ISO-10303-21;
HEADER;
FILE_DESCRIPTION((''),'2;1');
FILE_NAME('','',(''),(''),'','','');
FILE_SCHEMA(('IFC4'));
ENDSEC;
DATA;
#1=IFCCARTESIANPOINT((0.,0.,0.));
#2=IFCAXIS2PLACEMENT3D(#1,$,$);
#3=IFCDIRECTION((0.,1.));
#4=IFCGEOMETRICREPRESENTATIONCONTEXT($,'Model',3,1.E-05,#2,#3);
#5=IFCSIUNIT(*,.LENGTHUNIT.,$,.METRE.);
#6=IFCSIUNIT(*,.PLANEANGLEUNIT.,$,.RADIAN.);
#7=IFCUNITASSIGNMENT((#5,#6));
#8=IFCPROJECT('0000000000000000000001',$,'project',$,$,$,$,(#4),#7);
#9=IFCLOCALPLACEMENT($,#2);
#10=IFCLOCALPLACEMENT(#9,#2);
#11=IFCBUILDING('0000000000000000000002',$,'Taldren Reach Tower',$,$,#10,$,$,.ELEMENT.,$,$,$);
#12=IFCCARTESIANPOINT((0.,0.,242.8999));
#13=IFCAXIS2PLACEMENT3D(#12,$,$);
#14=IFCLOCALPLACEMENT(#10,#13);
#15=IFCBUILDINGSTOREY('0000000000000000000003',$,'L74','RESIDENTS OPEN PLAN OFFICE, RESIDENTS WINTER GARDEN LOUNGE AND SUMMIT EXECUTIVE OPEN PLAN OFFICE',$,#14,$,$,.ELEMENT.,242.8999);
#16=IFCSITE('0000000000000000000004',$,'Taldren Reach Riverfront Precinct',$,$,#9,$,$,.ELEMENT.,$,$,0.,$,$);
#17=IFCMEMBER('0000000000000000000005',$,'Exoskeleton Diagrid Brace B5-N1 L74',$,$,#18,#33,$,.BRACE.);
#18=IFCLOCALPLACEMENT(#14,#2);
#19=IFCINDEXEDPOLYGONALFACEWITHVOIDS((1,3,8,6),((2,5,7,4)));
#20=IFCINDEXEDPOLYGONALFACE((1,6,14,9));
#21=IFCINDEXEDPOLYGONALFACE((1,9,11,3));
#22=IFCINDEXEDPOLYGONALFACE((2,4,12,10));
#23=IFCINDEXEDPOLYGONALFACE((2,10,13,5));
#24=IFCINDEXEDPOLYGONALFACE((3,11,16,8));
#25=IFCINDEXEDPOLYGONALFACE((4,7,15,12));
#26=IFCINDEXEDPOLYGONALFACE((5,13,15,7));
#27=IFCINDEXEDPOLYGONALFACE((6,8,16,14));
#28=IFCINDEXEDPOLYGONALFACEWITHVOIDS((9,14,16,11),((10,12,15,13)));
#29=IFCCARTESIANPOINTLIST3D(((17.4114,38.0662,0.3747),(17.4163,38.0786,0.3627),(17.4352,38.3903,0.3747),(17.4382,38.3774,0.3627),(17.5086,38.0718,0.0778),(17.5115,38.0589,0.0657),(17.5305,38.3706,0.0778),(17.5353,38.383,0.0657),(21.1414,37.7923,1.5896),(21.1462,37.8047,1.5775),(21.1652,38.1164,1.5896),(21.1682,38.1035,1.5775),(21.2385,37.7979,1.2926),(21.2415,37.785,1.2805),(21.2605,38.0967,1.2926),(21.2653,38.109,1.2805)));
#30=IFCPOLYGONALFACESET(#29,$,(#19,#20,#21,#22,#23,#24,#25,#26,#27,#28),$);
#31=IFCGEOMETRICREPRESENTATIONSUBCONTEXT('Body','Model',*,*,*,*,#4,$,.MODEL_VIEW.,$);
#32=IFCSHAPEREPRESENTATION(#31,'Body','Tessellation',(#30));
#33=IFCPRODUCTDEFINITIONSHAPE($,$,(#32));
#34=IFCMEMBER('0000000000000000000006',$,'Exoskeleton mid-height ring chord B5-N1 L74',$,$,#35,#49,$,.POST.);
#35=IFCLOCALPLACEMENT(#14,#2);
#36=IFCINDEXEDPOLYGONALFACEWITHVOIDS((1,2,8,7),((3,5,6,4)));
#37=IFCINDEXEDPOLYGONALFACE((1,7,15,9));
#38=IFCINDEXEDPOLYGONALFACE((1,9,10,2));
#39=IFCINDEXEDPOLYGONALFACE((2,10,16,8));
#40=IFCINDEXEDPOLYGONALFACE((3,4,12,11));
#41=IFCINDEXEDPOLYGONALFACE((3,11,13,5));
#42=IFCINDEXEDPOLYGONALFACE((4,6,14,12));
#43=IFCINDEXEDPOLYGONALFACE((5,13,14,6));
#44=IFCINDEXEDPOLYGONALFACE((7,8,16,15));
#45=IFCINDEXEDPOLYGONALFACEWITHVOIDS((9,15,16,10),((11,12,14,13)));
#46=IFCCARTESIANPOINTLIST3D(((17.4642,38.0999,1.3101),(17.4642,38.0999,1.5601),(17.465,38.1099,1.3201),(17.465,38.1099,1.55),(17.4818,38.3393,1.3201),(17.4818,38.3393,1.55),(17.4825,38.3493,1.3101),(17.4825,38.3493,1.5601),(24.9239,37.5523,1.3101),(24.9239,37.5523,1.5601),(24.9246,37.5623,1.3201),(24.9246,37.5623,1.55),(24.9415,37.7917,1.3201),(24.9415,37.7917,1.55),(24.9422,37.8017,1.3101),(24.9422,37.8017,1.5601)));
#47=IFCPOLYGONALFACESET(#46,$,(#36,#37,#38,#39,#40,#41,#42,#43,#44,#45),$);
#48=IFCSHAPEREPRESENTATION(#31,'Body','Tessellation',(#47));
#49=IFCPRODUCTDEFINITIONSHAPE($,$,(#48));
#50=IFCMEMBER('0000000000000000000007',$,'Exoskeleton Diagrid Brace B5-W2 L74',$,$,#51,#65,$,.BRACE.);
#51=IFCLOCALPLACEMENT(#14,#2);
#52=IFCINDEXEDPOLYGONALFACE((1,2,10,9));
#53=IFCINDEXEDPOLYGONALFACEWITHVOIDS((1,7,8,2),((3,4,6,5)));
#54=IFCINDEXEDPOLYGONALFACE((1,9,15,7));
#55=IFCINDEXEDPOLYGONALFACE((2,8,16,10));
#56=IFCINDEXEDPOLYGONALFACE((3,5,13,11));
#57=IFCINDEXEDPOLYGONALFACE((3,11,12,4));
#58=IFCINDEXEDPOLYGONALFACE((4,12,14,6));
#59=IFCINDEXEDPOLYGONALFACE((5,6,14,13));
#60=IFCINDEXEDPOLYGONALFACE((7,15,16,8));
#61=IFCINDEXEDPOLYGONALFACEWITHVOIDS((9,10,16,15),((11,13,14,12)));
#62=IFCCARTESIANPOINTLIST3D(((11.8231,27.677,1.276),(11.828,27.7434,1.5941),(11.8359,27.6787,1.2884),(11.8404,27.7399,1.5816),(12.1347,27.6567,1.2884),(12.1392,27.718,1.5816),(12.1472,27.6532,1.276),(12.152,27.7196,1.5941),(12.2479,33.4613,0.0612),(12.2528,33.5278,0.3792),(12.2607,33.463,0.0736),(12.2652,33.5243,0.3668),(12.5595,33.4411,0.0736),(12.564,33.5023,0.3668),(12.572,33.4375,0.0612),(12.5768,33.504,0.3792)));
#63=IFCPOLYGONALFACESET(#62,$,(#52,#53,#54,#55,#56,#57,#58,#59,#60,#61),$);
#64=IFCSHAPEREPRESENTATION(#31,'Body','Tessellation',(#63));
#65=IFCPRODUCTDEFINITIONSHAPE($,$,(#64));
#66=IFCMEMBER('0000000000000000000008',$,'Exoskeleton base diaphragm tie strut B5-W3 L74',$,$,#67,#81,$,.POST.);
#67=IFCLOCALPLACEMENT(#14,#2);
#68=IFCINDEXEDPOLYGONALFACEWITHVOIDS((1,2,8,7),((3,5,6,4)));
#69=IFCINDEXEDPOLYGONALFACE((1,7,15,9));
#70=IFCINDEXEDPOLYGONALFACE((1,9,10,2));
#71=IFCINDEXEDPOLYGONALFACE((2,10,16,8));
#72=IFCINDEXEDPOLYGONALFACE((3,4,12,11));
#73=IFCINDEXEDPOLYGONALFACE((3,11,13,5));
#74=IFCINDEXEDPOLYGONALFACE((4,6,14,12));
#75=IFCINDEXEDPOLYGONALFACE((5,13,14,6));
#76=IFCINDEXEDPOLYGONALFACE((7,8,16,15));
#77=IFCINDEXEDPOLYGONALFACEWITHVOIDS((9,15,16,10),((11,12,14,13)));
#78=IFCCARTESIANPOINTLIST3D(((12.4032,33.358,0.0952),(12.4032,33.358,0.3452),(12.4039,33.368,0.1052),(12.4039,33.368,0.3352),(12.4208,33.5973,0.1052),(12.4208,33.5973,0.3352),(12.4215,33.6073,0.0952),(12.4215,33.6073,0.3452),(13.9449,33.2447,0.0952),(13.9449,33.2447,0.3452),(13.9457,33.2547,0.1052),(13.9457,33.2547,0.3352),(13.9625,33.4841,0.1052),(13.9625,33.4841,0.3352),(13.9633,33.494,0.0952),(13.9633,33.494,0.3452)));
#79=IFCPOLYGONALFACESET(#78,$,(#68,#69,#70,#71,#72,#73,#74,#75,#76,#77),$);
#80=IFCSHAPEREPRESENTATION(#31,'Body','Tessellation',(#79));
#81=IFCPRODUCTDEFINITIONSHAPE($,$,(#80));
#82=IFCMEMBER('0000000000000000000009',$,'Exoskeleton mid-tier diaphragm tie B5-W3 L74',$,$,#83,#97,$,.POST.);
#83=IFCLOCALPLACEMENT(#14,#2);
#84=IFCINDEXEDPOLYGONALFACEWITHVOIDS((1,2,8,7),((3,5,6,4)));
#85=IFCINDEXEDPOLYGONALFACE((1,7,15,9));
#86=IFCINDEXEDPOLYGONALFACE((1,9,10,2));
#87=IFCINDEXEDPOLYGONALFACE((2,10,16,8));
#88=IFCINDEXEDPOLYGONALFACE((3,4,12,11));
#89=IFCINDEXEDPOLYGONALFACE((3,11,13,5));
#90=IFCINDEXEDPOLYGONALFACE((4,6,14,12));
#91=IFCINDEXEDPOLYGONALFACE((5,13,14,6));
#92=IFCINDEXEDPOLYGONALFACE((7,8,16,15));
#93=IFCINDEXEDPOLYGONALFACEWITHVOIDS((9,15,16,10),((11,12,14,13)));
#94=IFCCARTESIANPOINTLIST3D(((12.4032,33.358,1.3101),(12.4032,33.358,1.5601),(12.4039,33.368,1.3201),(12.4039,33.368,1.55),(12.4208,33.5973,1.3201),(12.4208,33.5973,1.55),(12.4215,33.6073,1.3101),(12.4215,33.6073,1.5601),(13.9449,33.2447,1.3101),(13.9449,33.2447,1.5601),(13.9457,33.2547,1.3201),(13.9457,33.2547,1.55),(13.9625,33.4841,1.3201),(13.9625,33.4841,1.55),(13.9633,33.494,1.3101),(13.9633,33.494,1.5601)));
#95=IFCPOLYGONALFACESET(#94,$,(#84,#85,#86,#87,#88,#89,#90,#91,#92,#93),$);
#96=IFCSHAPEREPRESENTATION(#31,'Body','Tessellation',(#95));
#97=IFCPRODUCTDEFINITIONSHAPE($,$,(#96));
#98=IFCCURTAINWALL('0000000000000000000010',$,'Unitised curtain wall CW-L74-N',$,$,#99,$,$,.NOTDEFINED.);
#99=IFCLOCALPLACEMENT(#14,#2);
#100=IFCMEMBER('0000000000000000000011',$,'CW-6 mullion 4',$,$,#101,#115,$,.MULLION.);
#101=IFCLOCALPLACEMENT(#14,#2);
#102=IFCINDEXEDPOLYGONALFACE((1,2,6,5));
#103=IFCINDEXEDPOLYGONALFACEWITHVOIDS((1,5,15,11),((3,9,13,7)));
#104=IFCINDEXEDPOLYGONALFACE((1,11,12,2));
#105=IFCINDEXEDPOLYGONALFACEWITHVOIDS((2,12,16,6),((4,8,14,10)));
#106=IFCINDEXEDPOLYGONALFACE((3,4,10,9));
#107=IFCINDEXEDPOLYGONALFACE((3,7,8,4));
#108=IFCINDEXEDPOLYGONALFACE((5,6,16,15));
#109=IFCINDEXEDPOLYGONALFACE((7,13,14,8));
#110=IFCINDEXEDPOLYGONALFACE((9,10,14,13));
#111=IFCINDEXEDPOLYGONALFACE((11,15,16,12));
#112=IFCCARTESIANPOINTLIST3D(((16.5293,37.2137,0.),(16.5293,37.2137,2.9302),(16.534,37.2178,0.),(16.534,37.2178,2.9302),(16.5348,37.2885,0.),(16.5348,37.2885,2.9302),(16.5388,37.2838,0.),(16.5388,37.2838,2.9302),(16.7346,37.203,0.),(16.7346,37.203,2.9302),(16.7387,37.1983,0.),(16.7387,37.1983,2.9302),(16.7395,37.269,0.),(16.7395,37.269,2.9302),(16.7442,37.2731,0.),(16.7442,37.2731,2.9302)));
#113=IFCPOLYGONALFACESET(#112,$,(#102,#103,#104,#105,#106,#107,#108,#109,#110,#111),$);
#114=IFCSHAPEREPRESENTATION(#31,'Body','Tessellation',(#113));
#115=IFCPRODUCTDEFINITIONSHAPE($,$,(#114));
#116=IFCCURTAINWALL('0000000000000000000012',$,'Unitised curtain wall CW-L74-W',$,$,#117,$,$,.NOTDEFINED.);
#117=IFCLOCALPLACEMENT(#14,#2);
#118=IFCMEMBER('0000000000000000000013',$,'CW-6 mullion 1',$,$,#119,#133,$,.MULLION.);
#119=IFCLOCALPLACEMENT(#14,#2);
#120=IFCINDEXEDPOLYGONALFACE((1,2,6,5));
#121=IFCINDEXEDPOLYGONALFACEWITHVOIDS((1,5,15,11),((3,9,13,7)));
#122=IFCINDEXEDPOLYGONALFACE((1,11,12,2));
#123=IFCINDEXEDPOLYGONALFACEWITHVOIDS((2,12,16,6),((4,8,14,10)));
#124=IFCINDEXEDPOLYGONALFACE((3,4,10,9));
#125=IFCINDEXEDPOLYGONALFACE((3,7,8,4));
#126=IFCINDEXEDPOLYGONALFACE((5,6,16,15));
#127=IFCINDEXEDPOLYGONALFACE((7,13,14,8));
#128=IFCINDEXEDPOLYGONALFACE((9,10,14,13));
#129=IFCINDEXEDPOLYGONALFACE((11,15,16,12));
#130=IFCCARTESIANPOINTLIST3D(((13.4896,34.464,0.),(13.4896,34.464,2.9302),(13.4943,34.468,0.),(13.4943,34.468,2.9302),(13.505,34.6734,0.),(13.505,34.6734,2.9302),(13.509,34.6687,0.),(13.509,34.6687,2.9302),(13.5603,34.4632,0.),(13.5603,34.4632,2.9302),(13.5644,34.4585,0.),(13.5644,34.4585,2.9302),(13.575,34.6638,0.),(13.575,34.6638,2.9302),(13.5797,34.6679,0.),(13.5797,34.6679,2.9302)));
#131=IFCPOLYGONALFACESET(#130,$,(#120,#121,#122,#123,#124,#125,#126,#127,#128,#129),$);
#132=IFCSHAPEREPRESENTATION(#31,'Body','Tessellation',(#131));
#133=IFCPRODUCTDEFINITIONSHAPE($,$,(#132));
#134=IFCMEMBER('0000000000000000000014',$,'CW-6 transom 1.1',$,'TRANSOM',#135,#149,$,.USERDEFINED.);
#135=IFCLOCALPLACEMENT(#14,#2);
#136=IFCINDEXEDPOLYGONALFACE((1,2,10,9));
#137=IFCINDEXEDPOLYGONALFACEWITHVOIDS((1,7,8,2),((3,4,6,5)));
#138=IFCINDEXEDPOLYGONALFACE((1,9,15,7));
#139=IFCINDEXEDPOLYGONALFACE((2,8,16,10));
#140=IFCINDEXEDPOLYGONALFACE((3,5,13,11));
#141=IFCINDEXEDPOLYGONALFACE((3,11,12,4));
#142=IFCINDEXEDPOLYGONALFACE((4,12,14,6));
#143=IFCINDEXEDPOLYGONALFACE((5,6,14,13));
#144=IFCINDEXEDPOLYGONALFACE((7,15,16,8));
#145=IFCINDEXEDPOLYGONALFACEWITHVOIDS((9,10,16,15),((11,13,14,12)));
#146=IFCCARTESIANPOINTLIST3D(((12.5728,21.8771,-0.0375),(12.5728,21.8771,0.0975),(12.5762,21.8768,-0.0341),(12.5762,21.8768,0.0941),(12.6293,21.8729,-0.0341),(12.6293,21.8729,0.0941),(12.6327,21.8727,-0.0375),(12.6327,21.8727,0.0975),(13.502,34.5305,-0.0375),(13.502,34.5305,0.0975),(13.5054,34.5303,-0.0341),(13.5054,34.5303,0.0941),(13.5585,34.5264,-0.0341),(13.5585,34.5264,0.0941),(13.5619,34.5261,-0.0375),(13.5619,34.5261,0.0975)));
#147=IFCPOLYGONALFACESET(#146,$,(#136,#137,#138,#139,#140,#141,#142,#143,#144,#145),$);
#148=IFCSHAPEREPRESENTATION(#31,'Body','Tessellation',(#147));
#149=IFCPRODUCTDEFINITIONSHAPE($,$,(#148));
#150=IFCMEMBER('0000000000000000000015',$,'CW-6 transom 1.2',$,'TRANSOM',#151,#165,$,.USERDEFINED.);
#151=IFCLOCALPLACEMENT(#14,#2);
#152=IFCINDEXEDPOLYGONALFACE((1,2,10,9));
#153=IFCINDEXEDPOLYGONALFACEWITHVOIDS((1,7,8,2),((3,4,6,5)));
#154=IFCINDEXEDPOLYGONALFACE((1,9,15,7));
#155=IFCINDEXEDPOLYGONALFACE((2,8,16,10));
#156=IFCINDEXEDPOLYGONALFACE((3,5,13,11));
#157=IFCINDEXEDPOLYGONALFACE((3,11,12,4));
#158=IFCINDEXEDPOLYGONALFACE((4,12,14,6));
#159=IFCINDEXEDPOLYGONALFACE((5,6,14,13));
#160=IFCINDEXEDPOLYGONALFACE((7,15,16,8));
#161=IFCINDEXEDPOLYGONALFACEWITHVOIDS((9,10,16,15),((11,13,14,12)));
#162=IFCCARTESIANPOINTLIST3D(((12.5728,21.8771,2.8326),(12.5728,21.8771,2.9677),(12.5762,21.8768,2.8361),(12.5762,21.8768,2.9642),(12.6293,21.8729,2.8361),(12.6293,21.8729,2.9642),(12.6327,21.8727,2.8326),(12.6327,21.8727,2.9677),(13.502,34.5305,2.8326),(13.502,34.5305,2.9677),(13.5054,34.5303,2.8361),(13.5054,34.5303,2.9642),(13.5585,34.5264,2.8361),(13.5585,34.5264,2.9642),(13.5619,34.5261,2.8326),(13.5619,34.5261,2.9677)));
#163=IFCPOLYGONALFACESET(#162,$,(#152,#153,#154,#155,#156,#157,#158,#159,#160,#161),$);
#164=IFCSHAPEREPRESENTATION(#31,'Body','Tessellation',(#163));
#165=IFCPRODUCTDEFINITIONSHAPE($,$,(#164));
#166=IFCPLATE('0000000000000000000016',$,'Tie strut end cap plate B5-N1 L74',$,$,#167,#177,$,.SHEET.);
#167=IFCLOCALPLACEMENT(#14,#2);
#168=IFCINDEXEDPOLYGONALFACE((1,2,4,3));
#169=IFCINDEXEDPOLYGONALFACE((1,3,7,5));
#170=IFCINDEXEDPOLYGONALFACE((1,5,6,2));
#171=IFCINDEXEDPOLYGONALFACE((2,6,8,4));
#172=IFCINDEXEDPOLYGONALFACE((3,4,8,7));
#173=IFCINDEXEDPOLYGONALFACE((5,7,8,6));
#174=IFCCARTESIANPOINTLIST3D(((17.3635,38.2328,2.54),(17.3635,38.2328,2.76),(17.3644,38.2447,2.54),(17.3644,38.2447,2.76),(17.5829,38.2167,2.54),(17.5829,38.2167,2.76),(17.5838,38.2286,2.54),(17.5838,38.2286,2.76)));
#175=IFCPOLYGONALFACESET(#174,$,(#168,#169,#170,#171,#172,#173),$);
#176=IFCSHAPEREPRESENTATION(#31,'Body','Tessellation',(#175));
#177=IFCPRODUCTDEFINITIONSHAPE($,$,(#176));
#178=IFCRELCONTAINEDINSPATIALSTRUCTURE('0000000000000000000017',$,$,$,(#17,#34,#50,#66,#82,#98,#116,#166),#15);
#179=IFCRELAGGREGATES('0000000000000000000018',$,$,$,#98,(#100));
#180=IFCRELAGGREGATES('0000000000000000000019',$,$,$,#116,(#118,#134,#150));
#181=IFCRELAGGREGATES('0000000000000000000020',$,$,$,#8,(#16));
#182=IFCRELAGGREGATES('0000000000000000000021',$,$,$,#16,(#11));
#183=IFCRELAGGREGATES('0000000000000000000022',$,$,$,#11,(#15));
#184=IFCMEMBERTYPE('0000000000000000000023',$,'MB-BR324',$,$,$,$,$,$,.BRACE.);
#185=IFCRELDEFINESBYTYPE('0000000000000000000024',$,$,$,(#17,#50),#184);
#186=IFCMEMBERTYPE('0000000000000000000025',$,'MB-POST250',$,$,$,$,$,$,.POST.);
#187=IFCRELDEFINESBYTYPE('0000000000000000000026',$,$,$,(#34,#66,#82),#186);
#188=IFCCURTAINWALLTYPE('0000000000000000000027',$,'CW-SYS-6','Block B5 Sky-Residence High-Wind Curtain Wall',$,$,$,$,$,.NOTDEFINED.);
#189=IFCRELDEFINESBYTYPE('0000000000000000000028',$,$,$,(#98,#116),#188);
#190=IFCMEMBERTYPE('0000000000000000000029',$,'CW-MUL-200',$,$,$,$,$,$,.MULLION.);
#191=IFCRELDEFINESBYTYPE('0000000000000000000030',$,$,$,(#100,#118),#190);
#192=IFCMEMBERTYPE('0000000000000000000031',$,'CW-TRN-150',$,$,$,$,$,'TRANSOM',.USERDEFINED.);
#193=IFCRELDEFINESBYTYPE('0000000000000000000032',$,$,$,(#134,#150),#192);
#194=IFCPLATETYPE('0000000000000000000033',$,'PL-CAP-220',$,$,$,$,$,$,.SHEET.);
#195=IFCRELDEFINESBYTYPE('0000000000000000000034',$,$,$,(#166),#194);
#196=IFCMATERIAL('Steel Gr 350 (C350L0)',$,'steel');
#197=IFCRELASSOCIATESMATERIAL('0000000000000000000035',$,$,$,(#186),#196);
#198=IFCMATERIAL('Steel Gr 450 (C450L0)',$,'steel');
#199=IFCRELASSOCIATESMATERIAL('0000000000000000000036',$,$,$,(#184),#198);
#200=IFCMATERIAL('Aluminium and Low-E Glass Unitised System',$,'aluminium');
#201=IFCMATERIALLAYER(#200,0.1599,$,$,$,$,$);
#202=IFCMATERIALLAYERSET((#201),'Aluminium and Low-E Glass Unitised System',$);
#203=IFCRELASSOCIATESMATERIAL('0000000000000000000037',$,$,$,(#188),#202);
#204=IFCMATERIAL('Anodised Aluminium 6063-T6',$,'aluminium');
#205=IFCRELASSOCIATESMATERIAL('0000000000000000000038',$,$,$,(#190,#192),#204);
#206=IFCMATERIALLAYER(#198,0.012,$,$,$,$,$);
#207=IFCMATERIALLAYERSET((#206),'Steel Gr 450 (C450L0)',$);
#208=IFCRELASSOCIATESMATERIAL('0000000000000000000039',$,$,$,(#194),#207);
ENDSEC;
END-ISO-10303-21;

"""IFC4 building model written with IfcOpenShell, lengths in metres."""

from ifc_helpers import new_model, si_unit, direction, frame, origin, origin_2d, place, context, subcontext, project, spatial, rectangle, hollow_rectangle, extrude, source, transform, mapped, material, layer, layer_set, material_profile, profile_set, type_object, element, aggregate, save


model = new_model("IFC4")

# Units and contexts
model_context = context("Model", 3, precision=1e-05, world=origin(), true_north=direction((0.0, 1.0)))
body_context = subcontext(model_context, "Body", "Model", "MODEL_VIEW")
ifc_project = project(units=[si_unit("LENGTHUNIT", "METRE"), si_unit("PLANEANGLEUNIT", "RADIAN")], contexts=[model_context])

# Site, building, storey
site_placement = place(None, origin())
site = spatial("IfcSite", under=ifc_project, at=site_placement, Name="Taldren Reach Riverfront Precinct", CompositionType="ELEMENT", RefElevation=0.0)
building_placement = place(site_placement, origin())
building = spatial("IfcBuilding", under=site, at=building_placement, Name="Taldren Reach Tower", CompositionType="ELEMENT")
storey_placement = place(building_placement, frame((0.0, 0.0, 242.8999)))
storey = spatial("IfcBuildingStorey", under=building, at=storey_placement, Name="L74", Description="RESIDENTS OPEN PLAN OFFICE, RESIDENTS WINTER GARDEN LOUNGE AND SUMMIT EXECUTIVE OPEN PLAN OFFICE", CompositionType="ELEMENT", Elevation=242.8999)

# Shared definitions
ifc_material_1 = material(Name="Steel Gr 350 (C350L0)", Category="steel")

# Shared definitions
ifc_material_profile_1 = material_profile(ifc_material_1, hollow_rectangle(XDim=0.25, YDim=0.25, WallThickness=0.01, at=origin_2d()), Name="250x250x10.0SHS")
ifc_profile_set_1 = profile_set([ifc_material_profile_1], Name="Steel Gr 350 (C350L0)")
member_type_1 = type_object("IfcMemberType", Name="MB-POST250", PredefinedType="POST", material=ifc_profile_set_1)
ifc_material_2 = material(Name="Steel Gr 450 (C450L0)", Category="steel")

# Members
ifc_material_profile_2 = material_profile(ifc_material_2, hollow_rectangle(XDim=0.325, YDim=0.325, WallThickness=0.0127, at=origin_2d()), Name="325x325x12.7SHS")
ifc_profile_set_2 = profile_set([ifc_material_profile_2], Name="Steel Gr 450 (C450L0)")
member_type_2 = type_object("IfcMemberType", Name="MB-BR324", PredefinedType="BRACE", material=ifc_profile_set_2)
shared_shape_1 = source(origin(), body_context, "Body", "SweptSolid", [
    extrude(hollow_rectangle(XDim=0.325, YDim=0.325, WallThickness=0.0127, at=origin_2d()), origin(), (0.0, 0.0, 1.0), 3.9324),
])
member_1_placement = place(storey_placement, frame((17.4734, 38.2246, 0.2202), z_axis=(0.948529, -0.069659, 0.308933), x_axis=(0.073242, 0.997314, 0.0)))
element("IfcMember", 1, at=member_1_placement, inside=storey, type_object=member_type_2, Name="Exoskeleton Diagrid Brace B5-N1 L74", PredefinedType="BRACE", context=body_context, shape_type="MappedRepresentation", body=[
    mapped(shared_shape_1, transform((0.0, 0.0, 0.0), scale=1.0)),
])
shared_shape_2 = source(origin(), body_context, "Body", "SweptSolid", [
    extrude(hollow_rectangle(XDim=0.25, YDim=0.25, WallThickness=0.01, at=origin_2d()), origin(), (0.0, 0.0, 1.0), 7.4797),
])
member_2_placement = place(storey_placement, frame((17.4734, 38.2246, 1.4351), z_axis=(0.997316, -0.073212, 0.0), x_axis=(0.073212, 0.997316, 0.0)))
element("IfcMember", 2, at=member_2_placement, inside=storey, type_object=member_type_1, Name="Exoskeleton mid-height ring chord B5-N1 L74", PredefinedType="POST", context=body_context, shape_type="MappedRepresentation", body=[
    mapped(shared_shape_2, transform((0.0, 0.0, 0.0), scale=1.0)),
])
shared_shape_3 = source(origin(), body_context, "Body", "SweptSolid", [
    extrude(hollow_rectangle(XDim=0.325, YDim=0.325, WallThickness=0.0127, at=origin_2d()), origin(), (0.0, 0.0, 1.0), 5.9258),
])
member_3_placement = place(storey_placement, frame((12.4124, 33.4827, 0.2202), z_axis=(-0.071687, -0.976132, 0.205007), x_axis=(0.997314, -0.073242, 0.0)))
element("IfcMember", 3, at=member_3_placement, inside=storey, type_object=member_type_2, Name="Exoskeleton Diagrid Brace B5-W2 L74", PredefinedType="BRACE", context=body_context, shape_type="MappedRepresentation", body=[
    mapped(shared_shape_3, transform((0.0, 0.0, 0.0), scale=1.0)),
])
shared_shape_4 = source(origin(), body_context, "Body", "SweptSolid", [
    extrude(hollow_rectangle(XDim=0.25, YDim=0.25, WallThickness=0.01, at=origin_2d()), origin(), (0.0, 0.0, 1.0), 1.5459),
])
for number, where, z_axis, x_axis, name in (
    (4, (13.9541, 33.3694, 0.2202), (-0.997312, 0.073278, 0.0), (-0.073278, -0.997312, 0.0), "Exoskeleton base diaphragm tie strut B5-W3 L74"),
    (5, (13.9541, 33.3694, 1.4351), (-0.997312, 0.073278, 0.0), (-0.073278, -0.997312, 0.0), "Exoskeleton mid-tier diaphragm tie B5-W3 L74"),
):
    element("IfcMember", number, at=place(storey_placement, frame(where, z_axis=z_axis, x_axis=x_axis)), inside=storey, type_object=member_type_1, Name=name, PredefinedType="POST", context=body_context, shape_type="MappedRepresentation", body=[
        mapped(shared_shape_4, transform((0.0, 0.0, 0.0), scale=1.0)),
    ])

# Curtain wall, member
ifc_material_3 = material(Name="Aluminium and Low-E Glass Unitised System", Category="aluminium")
ifc_layer_1 = layer(ifc_material_3, 0.1599)
ifc_layer_set_1 = layer_set([ifc_layer_1], Name="Aluminium and Low-E Glass Unitised System")
curtain_wall_type = type_object("IfcCurtainWallType", Name="CW-SYS-6", Description="Block B5 Sky-Residence High-Wind Curtain Wall", PredefinedType="NOTDEFINED", material=ifc_layer_set_1)
curtain_wall_1_placement = place(storey_placement, origin())
curtain_wall_1 = element("IfcCurtainWall", 6, at=curtain_wall_1_placement, inside=storey, type_object=curtain_wall_type, Name="Unitised curtain wall CW-L74-N", PredefinedType="NOTDEFINED")
ifc_material_4 = material(Name="Anodised Aluminium 6063-T6", Category="aluminium")
ifc_material_profile_3 = material_profile(ifc_material_4, hollow_rectangle(XDim=0.075, YDim=0.21, WallThickness=0.0044, at=origin_2d()), Name="ALU-210x75x4.5RHS")
ifc_profile_set_3 = profile_set([ifc_material_profile_3], Name="Anodised Aluminium 6063-T6")
member_type_3 = type_object("IfcMemberType", Name="CW-MUL-200", PredefinedType="MULLION", material=ifc_profile_set_3)
shared_shape_5 = source(origin(), body_context, "Body", "SweptSolid", [
    extrude(hollow_rectangle(XDim=0.075, YDim=0.21, WallThickness=0.0044, at=origin_2d()), origin(), (0.0, 0.0, 1.0), 2.9302),
])
member_4_placement = place(storey_placement, frame((16.6367, 37.2434, 0.0), z_axis=(0.0, 0.0, 1.0), x_axis=(-0.073238, -0.997314, 0.0)))
member_4 = element("IfcMember", 7, at=member_4_placement, type_object=member_type_3, Name="CW-6 mullion 4", PredefinedType="MULLION", context=body_context, shape_type="MappedRepresentation", body=[
    mapped(shared_shape_5, transform((0.0, 0.0, 0.0), scale=1.0)),
])

# Curtain wall, members
curtain_wall_2_placement = place(storey_placement, origin())
curtain_wall_2 = element("IfcCurtainWall", 8, at=curtain_wall_2_placement, inside=storey, type_object=curtain_wall_type, Name="Unitised curtain wall CW-L74-W", PredefinedType="NOTDEFINED")
member_5_placement = place(storey_placement, frame((13.5347, 34.5659, 0.0), z_axis=(0.0, 0.0, 1.0), x_axis=(0.997314, -0.073238, 0.0)))
member_5 = element("IfcMember", 9, at=member_5_placement, type_object=member_type_3, Name="CW-6 mullion 1", PredefinedType="MULLION", context=body_context, shape_type="MappedRepresentation", body=[
    mapped(shared_shape_5, transform((0.0, 0.0, 0.0), scale=1.0)),
])
ifc_material_profile_4 = material_profile(ifc_material_4, hollow_rectangle(XDim=0.0601, YDim=0.135, WallThickness=0.0034, at=origin_2d()), Name="ALU-135x60x3.5RHS")
ifc_profile_set_4 = profile_set([ifc_material_profile_4], Name="Anodised Aluminium 6063-T6")
member_type_4 = type_object("IfcMemberType", Name="CW-TRN-150", ElementType="TRANSOM", PredefinedType="USERDEFINED", material=ifc_profile_set_4)
shared_shape_6 = source(origin(), body_context, "Body", "SweptSolid", [
    extrude(hollow_rectangle(XDim=0.0601, YDim=0.135, WallThickness=0.0034, at=origin_2d()), origin(), (0.0, 0.0, 1.0), 12.6875),
])
member_6_placement = place(storey_placement, frame((13.532, 34.5283, 0.03), z_axis=(-0.073238, -0.997314, 0.0), x_axis=(0.997314, -0.073238, 0.0)))
member_6 = element("IfcMember", 10, at=member_6_placement, type_object=member_type_4, Name="CW-6 transom 1.1", ObjectType="TRANSOM", PredefinedType="USERDEFINED", context=body_context, shape_type="MappedRepresentation", body=[
    mapped(shared_shape_6, transform((0.0, 0.0, 0.0), scale=1.0)),
])
member_7_placement = place(storey_placement, frame((13.532, 34.5283, 2.9001), z_axis=(-0.073238, -0.997314, 0.0), x_axis=(0.997314, -0.073238, 0.0)))
member_7 = element("IfcMember", 11, at=member_7_placement, type_object=member_type_4, Name="CW-6 transom 1.2", ObjectType="TRANSOM", PredefinedType="USERDEFINED", context=body_context, shape_type="MappedRepresentation", body=[
    mapped(shared_shape_6, transform((0.0, 0.0, 0.0), scale=1.0)),
])

# Plate
ifc_layer_2 = layer(ifc_material_2, 0.012)
ifc_layer_set_2 = layer_set([ifc_layer_2], Name="Steel Gr 450 (C450L0)")
plate_type_1 = type_object("IfcPlateType", Name="PL-CAP-220", PredefinedType="SHEET", material=ifc_layer_set_2)
shared_shape_7 = source(origin(), body_context, "Body", "SweptSolid", [
    extrude(rectangle(XDim=0.22, YDim=0.012, at=origin_2d()), origin(), (0.0, 0.0, 1.0), 0.22),
])
plate_1_placement = place(storey_placement, frame((17.4736, 38.2307, 2.54), z_axis=(0.0, 0.0, 1.0), x_axis=(0.997314, -0.073238, 0.0)))
element("IfcPlate", 12, at=plate_1_placement, inside=storey, type_object=plate_type_1, Name="Tie strut end cap plate B5-N1 L74", PredefinedType="SHEET", context=body_context, shape_type="MappedRepresentation", body=[
    mapped(shared_shape_7, transform((0.0, 0.0, 0.0), scale=1.0)),
])

aggregate(curtain_wall_1, [member_4])
aggregate(curtain_wall_2, [member_5, member_6, member_7])

save(model, "model.ifc")
